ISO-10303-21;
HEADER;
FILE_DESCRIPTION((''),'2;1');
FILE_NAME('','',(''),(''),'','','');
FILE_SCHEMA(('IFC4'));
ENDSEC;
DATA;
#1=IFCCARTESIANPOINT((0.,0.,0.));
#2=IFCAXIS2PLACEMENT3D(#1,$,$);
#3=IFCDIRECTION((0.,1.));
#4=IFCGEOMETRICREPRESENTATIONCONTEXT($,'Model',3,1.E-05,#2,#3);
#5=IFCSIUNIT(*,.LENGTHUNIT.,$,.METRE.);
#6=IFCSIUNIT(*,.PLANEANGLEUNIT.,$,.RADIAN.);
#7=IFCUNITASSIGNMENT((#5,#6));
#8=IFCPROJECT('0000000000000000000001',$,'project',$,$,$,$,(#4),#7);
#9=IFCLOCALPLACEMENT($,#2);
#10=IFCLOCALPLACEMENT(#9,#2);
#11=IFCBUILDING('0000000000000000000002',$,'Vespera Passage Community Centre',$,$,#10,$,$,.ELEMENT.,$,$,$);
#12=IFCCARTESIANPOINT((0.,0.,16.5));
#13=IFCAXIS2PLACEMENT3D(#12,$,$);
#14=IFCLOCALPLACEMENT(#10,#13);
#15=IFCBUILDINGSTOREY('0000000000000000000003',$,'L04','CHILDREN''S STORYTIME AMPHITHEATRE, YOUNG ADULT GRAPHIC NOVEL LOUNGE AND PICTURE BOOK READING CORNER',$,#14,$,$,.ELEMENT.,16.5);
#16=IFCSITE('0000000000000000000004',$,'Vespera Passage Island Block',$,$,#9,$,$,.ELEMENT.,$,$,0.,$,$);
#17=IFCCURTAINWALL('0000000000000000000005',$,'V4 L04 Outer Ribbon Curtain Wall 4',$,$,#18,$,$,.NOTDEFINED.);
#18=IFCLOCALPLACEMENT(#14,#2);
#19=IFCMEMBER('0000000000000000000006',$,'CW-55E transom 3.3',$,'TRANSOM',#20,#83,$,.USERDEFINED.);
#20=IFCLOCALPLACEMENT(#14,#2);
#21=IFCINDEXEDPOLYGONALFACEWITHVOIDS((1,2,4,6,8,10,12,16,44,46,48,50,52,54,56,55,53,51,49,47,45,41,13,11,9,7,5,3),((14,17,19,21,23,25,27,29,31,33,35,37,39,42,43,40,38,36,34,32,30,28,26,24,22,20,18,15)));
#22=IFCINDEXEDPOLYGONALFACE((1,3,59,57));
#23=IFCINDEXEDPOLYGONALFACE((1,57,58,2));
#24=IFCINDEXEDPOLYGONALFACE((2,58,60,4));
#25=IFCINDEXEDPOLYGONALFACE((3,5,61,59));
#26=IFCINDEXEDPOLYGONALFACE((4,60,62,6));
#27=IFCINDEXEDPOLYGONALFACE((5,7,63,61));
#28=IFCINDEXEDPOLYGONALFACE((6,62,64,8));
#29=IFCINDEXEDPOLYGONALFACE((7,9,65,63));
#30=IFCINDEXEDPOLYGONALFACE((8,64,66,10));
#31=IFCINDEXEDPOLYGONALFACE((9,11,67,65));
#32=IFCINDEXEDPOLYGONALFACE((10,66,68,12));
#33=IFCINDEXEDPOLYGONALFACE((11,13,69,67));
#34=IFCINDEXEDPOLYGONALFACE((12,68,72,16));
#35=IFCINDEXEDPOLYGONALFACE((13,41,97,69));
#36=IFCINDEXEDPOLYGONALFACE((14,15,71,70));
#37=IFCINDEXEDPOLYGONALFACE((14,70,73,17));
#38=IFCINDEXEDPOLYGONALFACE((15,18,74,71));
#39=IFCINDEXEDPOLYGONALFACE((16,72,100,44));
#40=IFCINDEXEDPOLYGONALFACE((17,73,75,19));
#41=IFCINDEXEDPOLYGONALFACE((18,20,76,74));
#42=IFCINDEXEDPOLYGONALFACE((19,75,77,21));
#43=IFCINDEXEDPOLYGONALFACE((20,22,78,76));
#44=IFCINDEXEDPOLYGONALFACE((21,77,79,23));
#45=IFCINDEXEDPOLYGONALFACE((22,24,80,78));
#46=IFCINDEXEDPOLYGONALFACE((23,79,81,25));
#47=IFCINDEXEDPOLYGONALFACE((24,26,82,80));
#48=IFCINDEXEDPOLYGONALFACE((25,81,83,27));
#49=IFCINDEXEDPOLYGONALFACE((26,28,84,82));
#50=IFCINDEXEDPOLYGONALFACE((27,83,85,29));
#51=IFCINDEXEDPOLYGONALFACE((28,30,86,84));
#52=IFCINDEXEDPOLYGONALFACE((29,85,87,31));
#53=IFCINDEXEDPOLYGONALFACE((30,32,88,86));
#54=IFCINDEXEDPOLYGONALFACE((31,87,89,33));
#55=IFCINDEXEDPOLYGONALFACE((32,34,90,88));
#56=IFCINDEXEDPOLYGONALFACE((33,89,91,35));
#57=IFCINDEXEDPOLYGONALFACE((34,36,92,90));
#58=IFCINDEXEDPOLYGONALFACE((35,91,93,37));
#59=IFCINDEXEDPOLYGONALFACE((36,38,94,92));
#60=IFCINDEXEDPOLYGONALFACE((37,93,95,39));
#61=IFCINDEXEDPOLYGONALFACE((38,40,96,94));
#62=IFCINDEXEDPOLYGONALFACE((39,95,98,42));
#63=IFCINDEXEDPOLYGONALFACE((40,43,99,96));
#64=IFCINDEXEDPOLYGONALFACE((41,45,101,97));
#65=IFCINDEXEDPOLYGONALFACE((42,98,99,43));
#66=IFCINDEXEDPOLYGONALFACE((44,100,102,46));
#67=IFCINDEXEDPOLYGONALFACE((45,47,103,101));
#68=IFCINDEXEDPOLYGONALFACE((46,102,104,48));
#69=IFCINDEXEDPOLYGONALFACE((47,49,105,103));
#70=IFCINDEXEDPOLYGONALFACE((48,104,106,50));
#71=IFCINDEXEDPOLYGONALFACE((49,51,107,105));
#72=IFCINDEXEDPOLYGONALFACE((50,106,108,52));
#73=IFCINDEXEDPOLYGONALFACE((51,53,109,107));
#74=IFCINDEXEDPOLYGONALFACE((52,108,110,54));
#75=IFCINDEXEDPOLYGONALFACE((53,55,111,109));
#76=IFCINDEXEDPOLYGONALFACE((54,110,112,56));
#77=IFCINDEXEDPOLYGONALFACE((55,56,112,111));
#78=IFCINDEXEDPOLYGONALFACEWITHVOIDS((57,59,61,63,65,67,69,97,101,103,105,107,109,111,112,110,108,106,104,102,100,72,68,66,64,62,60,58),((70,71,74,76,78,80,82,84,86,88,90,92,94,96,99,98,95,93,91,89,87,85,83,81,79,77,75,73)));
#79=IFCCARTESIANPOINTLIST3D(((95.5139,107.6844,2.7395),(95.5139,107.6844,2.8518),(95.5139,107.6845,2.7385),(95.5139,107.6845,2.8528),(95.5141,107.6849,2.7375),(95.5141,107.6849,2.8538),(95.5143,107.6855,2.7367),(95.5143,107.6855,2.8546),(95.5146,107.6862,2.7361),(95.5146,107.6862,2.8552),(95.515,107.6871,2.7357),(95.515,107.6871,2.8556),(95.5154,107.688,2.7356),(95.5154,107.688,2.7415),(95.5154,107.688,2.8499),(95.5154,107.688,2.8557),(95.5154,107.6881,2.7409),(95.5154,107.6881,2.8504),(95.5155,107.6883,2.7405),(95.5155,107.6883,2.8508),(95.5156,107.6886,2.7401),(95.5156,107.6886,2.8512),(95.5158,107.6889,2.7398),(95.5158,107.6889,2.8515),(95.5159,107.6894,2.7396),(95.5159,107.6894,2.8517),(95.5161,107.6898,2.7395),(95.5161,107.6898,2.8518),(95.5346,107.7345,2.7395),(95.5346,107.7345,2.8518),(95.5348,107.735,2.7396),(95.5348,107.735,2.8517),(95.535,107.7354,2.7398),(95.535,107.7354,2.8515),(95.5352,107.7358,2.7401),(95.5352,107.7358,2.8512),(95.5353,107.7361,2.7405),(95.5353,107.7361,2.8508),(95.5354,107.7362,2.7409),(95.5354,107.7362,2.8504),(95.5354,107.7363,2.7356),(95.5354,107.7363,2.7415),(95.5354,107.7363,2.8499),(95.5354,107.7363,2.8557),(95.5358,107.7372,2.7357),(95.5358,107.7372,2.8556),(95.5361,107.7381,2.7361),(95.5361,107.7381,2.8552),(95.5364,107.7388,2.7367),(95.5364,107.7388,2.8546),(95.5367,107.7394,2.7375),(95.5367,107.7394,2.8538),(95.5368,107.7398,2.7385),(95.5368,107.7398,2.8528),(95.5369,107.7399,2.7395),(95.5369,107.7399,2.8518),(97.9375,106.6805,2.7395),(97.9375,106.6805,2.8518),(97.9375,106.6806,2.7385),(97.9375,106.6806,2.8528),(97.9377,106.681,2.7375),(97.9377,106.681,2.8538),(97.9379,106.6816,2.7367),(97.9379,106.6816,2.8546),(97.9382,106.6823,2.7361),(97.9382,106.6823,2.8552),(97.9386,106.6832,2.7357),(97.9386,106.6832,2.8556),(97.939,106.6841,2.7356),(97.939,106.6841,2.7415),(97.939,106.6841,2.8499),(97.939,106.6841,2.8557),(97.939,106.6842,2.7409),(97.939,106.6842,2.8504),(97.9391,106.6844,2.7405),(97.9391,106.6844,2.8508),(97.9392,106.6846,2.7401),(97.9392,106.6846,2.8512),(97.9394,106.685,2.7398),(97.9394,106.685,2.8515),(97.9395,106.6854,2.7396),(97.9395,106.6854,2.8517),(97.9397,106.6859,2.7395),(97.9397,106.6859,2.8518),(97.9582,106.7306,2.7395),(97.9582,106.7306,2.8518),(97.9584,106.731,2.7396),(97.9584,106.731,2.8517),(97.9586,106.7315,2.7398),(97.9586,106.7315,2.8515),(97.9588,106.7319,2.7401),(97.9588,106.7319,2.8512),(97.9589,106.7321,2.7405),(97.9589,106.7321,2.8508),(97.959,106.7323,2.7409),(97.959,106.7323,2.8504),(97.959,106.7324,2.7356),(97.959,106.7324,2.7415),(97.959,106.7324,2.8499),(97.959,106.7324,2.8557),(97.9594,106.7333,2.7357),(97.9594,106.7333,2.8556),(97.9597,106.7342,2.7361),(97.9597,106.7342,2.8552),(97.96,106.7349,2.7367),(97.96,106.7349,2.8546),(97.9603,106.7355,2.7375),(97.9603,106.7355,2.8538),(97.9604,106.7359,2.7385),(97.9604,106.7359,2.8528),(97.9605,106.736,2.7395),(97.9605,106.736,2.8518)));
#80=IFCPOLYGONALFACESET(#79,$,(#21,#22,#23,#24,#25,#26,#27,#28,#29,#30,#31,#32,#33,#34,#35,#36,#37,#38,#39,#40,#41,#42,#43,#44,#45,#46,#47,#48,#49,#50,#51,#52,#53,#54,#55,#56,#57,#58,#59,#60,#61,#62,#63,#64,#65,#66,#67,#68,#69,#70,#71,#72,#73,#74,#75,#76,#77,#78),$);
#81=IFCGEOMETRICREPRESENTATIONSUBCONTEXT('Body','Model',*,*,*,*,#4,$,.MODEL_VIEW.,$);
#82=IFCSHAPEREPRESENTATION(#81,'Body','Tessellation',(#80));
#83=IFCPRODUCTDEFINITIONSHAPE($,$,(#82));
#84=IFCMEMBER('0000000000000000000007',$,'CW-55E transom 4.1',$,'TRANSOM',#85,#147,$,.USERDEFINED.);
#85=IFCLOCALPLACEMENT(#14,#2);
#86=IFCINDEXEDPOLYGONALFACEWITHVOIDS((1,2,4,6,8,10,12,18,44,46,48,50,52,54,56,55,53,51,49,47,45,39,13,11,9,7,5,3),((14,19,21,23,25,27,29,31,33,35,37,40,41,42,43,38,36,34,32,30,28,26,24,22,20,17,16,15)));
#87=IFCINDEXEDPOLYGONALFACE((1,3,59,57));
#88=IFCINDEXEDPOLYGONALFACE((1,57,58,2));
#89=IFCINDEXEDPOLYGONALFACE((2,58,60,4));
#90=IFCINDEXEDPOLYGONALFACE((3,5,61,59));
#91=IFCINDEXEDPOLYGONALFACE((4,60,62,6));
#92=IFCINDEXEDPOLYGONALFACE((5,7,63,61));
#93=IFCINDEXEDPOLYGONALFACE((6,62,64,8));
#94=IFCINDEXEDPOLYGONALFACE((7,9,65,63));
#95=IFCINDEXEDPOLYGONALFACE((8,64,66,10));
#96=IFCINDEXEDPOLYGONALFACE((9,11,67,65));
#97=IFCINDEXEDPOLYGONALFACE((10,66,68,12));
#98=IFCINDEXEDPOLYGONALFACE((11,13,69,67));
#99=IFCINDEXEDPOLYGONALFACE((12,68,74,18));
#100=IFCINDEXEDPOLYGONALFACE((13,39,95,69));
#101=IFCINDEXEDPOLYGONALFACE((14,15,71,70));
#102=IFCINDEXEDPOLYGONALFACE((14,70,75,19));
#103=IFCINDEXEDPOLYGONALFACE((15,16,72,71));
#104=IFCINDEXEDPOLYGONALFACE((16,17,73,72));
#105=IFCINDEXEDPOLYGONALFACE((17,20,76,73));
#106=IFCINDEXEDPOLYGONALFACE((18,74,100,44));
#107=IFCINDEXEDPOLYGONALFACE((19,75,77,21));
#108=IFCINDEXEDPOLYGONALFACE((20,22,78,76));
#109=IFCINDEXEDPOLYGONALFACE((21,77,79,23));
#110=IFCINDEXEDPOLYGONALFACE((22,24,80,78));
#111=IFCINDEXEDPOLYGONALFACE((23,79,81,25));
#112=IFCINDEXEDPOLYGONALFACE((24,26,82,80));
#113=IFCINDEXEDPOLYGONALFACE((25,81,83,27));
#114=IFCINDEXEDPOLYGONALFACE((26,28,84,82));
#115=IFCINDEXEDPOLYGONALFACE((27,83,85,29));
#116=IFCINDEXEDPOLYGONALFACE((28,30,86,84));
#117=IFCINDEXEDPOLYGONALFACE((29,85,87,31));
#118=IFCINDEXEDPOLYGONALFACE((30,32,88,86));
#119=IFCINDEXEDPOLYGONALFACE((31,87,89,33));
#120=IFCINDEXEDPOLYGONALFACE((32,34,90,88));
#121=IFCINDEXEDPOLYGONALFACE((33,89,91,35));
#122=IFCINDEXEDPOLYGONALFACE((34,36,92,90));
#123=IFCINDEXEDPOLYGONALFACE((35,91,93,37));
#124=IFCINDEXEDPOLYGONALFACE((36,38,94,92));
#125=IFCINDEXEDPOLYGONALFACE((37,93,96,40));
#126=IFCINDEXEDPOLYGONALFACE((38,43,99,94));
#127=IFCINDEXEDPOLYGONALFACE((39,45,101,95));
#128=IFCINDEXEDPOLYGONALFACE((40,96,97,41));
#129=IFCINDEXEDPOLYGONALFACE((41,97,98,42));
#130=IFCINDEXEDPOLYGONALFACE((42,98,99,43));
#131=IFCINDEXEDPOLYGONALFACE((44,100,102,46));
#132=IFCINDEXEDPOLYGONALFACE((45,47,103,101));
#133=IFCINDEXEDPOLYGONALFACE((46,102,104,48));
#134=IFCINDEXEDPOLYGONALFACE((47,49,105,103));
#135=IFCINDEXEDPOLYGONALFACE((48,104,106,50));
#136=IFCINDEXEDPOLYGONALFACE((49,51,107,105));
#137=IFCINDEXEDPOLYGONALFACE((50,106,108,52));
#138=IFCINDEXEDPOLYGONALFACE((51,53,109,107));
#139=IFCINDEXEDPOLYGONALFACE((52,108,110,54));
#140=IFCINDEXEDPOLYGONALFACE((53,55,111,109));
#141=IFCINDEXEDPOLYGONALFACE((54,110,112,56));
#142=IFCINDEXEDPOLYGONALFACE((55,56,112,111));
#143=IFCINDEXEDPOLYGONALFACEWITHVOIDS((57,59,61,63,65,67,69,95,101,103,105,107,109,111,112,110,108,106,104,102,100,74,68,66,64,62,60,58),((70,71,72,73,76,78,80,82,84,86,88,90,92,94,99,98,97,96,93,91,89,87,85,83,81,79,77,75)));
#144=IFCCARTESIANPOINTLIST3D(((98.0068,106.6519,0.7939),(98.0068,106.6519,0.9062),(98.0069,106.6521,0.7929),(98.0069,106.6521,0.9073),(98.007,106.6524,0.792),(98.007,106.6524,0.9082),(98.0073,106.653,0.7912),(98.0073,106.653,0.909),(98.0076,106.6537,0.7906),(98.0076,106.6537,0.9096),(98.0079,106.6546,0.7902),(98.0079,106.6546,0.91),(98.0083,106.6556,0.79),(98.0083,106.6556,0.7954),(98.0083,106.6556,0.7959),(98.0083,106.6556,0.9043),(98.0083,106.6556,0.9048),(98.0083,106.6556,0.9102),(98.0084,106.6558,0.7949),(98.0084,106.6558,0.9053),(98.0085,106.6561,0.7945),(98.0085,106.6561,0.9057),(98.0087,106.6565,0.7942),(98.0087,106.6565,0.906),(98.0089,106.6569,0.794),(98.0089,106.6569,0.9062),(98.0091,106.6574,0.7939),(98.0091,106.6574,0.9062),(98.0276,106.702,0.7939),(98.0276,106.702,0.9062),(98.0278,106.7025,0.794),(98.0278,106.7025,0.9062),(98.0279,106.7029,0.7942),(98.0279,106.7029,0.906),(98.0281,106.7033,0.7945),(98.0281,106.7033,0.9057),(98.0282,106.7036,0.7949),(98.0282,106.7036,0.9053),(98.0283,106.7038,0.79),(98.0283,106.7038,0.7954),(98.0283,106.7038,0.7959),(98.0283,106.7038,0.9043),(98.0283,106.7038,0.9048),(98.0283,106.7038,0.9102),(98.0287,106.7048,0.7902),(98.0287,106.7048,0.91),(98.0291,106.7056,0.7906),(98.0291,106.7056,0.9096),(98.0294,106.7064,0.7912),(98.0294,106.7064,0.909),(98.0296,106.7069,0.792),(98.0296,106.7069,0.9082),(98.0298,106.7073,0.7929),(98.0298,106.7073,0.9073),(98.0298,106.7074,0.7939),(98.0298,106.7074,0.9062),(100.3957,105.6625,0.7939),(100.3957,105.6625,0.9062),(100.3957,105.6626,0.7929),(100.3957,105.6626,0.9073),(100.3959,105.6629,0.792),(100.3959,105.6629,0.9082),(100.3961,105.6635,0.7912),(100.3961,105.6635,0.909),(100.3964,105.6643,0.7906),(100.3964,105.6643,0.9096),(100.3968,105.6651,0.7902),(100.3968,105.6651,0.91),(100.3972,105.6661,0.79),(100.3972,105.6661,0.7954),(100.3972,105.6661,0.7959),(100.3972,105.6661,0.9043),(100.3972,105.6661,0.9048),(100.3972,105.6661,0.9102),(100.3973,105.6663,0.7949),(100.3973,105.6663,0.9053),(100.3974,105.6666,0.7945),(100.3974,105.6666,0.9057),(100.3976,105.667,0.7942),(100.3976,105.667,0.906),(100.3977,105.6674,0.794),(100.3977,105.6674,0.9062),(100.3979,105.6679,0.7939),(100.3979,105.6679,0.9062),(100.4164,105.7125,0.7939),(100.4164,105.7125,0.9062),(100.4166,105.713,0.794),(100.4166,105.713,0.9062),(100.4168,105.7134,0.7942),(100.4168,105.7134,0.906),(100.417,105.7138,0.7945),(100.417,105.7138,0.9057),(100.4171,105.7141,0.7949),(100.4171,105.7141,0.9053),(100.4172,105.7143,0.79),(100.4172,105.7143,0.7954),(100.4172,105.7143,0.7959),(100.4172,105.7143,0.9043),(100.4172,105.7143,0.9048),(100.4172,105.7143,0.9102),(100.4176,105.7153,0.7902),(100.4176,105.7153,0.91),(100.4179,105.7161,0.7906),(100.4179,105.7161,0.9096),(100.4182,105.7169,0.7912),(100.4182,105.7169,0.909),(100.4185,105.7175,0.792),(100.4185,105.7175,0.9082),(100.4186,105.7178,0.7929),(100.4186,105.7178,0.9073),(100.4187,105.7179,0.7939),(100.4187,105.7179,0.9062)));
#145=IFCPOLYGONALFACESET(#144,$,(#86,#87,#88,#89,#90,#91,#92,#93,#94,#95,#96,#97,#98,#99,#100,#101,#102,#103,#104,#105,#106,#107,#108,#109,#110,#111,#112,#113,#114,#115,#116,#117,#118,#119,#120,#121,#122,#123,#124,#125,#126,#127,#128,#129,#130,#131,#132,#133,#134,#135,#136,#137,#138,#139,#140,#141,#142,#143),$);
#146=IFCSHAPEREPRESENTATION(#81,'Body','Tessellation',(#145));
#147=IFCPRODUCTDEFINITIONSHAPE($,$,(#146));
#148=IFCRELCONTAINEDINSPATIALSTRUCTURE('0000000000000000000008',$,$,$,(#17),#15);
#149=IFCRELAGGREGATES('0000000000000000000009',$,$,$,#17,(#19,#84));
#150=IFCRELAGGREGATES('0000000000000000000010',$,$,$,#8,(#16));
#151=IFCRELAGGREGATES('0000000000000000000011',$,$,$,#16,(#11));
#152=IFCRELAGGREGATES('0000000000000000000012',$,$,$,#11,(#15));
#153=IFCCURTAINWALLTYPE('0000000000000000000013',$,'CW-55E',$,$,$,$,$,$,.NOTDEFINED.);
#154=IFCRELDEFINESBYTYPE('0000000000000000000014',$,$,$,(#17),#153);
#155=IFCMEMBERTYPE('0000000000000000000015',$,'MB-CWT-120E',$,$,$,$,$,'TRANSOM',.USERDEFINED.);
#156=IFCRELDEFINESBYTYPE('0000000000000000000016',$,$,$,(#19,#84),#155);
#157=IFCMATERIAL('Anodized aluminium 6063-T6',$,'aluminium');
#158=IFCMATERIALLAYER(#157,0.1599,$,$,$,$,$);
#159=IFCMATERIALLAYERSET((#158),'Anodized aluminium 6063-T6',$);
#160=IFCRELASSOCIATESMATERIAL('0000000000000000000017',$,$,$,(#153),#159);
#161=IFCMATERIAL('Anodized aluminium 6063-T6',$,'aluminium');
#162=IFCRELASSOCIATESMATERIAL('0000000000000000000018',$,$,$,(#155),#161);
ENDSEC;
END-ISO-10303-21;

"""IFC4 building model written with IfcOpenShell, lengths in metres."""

from ifc_helpers import new_model, si_unit, direction, frame, origin, origin_2d, place, context, subcontext, project, spatial, hollow_rectangle, extrude, material, layer, layer_set, material_profile, profile_set, type_object, element, aggregate, save


model = new_model("IFC4")

# Units and contexts
model_context = context("Model", 3, precision=1e-05, world=origin(), true_north=direction((0.0, 1.0)))
body_context = subcontext(model_context, "Body", "Model", "MODEL_VIEW")
ifc_project = project(units=[si_unit("LENGTHUNIT", "METRE"), si_unit("PLANEANGLEUNIT", "RADIAN")], contexts=[model_context])

# Site, building, storey
site_placement = place(None, origin())
site = spatial("IfcSite", under=ifc_project, at=site_placement, Name="Vespera Passage Island Block", CompositionType="ELEMENT", RefElevation=0.0)
building_placement = place(site_placement, origin())
building = spatial("IfcBuilding", under=site, at=building_placement, Name="Vespera Passage Community Centre", CompositionType="ELEMENT")
storey_placement = place(building_placement, frame((0.0, 0.0, 16.5)))
storey = spatial("IfcBuildingStorey", under=building, at=storey_placement, Name="L04", Description="CHILDREN'S STORYTIME AMPHITHEATRE, YOUNG ADULT GRAPHIC NOVEL LOUNGE AND PICTURE BOOK READING CORNER", CompositionType="ELEMENT", Elevation=16.5)

# Curtain wall
ifc_material_1 = material(Name="Anodized aluminium 6063-T6", Category="aluminium")
ifc_layer_1 = layer(ifc_material_1, 0.1599)
ifc_layer_set_1 = layer_set([ifc_layer_1], Name="Anodized aluminium 6063-T6")
curtain_wall_type_1 = type_object("IfcCurtainWallType", Name="CW-55E", PredefinedType="NOTDEFINED", material=ifc_layer_set_1)
curtain_wall_1_placement = place(storey_placement, origin())
curtain_wall_1 = element("IfcCurtainWall", 1, at=curtain_wall_1_placement, inside=storey, type_object=curtain_wall_type_1, Name="V4 L04 Outer Ribbon Curtain Wall 4", PredefinedType="NOTDEFINED")

# Members
ifc_material_2 = material(Name="Anodized aluminium 6063-T6", Category="aluminium")
ifc_material_profile_1 = material_profile(ifc_material_2, hollow_rectangle(XDim=0.0601, YDim=0.1201, WallThickness=0.0039, InnerFilletRadius=0.002, OuterFilletRadius=0.0039, at=origin_2d()), Name="ALU120X60X4")
ifc_profile_set_1 = profile_set([ifc_material_profile_1], Name="Anodized aluminium 6063-T6")
member_type_1 = type_object("IfcMemberType", Name="MB-CWT-120E", ElementType="TRANSOM", PredefinedType="USERDEFINED", material=ifc_profile_set_1)
member_1_placement = place(storey_placement, frame((95.5254, 107.7122, 2.7957), z_axis=(0.923876, -0.382692, 0.0), x_axis=(0.382692, 0.923876, 0.0)))
member_1 = element("IfcMember", 2, at=member_1_placement, type_object=member_type_1, Name="CW-55E transom 3.3", ObjectType="TRANSOM", PredefinedType="USERDEFINED", context=body_context, shape_type="SweptSolid", body=[
    extrude(hollow_rectangle(XDim=0.0601, YDim=0.1201, WallThickness=0.0039, InnerFilletRadius=0.002, OuterFilletRadius=0.0039, at=origin_2d()), origin(), (0.0, 0.0, 1.0), 2.6233),
])
member_2_placement = place(storey_placement, frame((98.0183, 106.6797, 0.8501), z_axis=(0.923882, -0.382677, 0.0), x_axis=(0.382677, 0.923882, 0.0)))
member_2 = element("IfcMember", 3, at=member_2_placement, type_object=member_type_1, Name="CW-55E transom 4.1", ObjectType="TRANSOM", PredefinedType="USERDEFINED", context=body_context, shape_type="SweptSolid", body=[
    extrude(hollow_rectangle(XDim=0.0601, YDim=0.1201, WallThickness=0.0039, InnerFilletRadius=0.002, OuterFilletRadius=0.0039, at=origin_2d()), origin(), (0.0, 0.0, 1.0), 2.5857),
])

aggregate(curtain_wall_1, [member_1, member_2])

save(model, "model.ifc")
